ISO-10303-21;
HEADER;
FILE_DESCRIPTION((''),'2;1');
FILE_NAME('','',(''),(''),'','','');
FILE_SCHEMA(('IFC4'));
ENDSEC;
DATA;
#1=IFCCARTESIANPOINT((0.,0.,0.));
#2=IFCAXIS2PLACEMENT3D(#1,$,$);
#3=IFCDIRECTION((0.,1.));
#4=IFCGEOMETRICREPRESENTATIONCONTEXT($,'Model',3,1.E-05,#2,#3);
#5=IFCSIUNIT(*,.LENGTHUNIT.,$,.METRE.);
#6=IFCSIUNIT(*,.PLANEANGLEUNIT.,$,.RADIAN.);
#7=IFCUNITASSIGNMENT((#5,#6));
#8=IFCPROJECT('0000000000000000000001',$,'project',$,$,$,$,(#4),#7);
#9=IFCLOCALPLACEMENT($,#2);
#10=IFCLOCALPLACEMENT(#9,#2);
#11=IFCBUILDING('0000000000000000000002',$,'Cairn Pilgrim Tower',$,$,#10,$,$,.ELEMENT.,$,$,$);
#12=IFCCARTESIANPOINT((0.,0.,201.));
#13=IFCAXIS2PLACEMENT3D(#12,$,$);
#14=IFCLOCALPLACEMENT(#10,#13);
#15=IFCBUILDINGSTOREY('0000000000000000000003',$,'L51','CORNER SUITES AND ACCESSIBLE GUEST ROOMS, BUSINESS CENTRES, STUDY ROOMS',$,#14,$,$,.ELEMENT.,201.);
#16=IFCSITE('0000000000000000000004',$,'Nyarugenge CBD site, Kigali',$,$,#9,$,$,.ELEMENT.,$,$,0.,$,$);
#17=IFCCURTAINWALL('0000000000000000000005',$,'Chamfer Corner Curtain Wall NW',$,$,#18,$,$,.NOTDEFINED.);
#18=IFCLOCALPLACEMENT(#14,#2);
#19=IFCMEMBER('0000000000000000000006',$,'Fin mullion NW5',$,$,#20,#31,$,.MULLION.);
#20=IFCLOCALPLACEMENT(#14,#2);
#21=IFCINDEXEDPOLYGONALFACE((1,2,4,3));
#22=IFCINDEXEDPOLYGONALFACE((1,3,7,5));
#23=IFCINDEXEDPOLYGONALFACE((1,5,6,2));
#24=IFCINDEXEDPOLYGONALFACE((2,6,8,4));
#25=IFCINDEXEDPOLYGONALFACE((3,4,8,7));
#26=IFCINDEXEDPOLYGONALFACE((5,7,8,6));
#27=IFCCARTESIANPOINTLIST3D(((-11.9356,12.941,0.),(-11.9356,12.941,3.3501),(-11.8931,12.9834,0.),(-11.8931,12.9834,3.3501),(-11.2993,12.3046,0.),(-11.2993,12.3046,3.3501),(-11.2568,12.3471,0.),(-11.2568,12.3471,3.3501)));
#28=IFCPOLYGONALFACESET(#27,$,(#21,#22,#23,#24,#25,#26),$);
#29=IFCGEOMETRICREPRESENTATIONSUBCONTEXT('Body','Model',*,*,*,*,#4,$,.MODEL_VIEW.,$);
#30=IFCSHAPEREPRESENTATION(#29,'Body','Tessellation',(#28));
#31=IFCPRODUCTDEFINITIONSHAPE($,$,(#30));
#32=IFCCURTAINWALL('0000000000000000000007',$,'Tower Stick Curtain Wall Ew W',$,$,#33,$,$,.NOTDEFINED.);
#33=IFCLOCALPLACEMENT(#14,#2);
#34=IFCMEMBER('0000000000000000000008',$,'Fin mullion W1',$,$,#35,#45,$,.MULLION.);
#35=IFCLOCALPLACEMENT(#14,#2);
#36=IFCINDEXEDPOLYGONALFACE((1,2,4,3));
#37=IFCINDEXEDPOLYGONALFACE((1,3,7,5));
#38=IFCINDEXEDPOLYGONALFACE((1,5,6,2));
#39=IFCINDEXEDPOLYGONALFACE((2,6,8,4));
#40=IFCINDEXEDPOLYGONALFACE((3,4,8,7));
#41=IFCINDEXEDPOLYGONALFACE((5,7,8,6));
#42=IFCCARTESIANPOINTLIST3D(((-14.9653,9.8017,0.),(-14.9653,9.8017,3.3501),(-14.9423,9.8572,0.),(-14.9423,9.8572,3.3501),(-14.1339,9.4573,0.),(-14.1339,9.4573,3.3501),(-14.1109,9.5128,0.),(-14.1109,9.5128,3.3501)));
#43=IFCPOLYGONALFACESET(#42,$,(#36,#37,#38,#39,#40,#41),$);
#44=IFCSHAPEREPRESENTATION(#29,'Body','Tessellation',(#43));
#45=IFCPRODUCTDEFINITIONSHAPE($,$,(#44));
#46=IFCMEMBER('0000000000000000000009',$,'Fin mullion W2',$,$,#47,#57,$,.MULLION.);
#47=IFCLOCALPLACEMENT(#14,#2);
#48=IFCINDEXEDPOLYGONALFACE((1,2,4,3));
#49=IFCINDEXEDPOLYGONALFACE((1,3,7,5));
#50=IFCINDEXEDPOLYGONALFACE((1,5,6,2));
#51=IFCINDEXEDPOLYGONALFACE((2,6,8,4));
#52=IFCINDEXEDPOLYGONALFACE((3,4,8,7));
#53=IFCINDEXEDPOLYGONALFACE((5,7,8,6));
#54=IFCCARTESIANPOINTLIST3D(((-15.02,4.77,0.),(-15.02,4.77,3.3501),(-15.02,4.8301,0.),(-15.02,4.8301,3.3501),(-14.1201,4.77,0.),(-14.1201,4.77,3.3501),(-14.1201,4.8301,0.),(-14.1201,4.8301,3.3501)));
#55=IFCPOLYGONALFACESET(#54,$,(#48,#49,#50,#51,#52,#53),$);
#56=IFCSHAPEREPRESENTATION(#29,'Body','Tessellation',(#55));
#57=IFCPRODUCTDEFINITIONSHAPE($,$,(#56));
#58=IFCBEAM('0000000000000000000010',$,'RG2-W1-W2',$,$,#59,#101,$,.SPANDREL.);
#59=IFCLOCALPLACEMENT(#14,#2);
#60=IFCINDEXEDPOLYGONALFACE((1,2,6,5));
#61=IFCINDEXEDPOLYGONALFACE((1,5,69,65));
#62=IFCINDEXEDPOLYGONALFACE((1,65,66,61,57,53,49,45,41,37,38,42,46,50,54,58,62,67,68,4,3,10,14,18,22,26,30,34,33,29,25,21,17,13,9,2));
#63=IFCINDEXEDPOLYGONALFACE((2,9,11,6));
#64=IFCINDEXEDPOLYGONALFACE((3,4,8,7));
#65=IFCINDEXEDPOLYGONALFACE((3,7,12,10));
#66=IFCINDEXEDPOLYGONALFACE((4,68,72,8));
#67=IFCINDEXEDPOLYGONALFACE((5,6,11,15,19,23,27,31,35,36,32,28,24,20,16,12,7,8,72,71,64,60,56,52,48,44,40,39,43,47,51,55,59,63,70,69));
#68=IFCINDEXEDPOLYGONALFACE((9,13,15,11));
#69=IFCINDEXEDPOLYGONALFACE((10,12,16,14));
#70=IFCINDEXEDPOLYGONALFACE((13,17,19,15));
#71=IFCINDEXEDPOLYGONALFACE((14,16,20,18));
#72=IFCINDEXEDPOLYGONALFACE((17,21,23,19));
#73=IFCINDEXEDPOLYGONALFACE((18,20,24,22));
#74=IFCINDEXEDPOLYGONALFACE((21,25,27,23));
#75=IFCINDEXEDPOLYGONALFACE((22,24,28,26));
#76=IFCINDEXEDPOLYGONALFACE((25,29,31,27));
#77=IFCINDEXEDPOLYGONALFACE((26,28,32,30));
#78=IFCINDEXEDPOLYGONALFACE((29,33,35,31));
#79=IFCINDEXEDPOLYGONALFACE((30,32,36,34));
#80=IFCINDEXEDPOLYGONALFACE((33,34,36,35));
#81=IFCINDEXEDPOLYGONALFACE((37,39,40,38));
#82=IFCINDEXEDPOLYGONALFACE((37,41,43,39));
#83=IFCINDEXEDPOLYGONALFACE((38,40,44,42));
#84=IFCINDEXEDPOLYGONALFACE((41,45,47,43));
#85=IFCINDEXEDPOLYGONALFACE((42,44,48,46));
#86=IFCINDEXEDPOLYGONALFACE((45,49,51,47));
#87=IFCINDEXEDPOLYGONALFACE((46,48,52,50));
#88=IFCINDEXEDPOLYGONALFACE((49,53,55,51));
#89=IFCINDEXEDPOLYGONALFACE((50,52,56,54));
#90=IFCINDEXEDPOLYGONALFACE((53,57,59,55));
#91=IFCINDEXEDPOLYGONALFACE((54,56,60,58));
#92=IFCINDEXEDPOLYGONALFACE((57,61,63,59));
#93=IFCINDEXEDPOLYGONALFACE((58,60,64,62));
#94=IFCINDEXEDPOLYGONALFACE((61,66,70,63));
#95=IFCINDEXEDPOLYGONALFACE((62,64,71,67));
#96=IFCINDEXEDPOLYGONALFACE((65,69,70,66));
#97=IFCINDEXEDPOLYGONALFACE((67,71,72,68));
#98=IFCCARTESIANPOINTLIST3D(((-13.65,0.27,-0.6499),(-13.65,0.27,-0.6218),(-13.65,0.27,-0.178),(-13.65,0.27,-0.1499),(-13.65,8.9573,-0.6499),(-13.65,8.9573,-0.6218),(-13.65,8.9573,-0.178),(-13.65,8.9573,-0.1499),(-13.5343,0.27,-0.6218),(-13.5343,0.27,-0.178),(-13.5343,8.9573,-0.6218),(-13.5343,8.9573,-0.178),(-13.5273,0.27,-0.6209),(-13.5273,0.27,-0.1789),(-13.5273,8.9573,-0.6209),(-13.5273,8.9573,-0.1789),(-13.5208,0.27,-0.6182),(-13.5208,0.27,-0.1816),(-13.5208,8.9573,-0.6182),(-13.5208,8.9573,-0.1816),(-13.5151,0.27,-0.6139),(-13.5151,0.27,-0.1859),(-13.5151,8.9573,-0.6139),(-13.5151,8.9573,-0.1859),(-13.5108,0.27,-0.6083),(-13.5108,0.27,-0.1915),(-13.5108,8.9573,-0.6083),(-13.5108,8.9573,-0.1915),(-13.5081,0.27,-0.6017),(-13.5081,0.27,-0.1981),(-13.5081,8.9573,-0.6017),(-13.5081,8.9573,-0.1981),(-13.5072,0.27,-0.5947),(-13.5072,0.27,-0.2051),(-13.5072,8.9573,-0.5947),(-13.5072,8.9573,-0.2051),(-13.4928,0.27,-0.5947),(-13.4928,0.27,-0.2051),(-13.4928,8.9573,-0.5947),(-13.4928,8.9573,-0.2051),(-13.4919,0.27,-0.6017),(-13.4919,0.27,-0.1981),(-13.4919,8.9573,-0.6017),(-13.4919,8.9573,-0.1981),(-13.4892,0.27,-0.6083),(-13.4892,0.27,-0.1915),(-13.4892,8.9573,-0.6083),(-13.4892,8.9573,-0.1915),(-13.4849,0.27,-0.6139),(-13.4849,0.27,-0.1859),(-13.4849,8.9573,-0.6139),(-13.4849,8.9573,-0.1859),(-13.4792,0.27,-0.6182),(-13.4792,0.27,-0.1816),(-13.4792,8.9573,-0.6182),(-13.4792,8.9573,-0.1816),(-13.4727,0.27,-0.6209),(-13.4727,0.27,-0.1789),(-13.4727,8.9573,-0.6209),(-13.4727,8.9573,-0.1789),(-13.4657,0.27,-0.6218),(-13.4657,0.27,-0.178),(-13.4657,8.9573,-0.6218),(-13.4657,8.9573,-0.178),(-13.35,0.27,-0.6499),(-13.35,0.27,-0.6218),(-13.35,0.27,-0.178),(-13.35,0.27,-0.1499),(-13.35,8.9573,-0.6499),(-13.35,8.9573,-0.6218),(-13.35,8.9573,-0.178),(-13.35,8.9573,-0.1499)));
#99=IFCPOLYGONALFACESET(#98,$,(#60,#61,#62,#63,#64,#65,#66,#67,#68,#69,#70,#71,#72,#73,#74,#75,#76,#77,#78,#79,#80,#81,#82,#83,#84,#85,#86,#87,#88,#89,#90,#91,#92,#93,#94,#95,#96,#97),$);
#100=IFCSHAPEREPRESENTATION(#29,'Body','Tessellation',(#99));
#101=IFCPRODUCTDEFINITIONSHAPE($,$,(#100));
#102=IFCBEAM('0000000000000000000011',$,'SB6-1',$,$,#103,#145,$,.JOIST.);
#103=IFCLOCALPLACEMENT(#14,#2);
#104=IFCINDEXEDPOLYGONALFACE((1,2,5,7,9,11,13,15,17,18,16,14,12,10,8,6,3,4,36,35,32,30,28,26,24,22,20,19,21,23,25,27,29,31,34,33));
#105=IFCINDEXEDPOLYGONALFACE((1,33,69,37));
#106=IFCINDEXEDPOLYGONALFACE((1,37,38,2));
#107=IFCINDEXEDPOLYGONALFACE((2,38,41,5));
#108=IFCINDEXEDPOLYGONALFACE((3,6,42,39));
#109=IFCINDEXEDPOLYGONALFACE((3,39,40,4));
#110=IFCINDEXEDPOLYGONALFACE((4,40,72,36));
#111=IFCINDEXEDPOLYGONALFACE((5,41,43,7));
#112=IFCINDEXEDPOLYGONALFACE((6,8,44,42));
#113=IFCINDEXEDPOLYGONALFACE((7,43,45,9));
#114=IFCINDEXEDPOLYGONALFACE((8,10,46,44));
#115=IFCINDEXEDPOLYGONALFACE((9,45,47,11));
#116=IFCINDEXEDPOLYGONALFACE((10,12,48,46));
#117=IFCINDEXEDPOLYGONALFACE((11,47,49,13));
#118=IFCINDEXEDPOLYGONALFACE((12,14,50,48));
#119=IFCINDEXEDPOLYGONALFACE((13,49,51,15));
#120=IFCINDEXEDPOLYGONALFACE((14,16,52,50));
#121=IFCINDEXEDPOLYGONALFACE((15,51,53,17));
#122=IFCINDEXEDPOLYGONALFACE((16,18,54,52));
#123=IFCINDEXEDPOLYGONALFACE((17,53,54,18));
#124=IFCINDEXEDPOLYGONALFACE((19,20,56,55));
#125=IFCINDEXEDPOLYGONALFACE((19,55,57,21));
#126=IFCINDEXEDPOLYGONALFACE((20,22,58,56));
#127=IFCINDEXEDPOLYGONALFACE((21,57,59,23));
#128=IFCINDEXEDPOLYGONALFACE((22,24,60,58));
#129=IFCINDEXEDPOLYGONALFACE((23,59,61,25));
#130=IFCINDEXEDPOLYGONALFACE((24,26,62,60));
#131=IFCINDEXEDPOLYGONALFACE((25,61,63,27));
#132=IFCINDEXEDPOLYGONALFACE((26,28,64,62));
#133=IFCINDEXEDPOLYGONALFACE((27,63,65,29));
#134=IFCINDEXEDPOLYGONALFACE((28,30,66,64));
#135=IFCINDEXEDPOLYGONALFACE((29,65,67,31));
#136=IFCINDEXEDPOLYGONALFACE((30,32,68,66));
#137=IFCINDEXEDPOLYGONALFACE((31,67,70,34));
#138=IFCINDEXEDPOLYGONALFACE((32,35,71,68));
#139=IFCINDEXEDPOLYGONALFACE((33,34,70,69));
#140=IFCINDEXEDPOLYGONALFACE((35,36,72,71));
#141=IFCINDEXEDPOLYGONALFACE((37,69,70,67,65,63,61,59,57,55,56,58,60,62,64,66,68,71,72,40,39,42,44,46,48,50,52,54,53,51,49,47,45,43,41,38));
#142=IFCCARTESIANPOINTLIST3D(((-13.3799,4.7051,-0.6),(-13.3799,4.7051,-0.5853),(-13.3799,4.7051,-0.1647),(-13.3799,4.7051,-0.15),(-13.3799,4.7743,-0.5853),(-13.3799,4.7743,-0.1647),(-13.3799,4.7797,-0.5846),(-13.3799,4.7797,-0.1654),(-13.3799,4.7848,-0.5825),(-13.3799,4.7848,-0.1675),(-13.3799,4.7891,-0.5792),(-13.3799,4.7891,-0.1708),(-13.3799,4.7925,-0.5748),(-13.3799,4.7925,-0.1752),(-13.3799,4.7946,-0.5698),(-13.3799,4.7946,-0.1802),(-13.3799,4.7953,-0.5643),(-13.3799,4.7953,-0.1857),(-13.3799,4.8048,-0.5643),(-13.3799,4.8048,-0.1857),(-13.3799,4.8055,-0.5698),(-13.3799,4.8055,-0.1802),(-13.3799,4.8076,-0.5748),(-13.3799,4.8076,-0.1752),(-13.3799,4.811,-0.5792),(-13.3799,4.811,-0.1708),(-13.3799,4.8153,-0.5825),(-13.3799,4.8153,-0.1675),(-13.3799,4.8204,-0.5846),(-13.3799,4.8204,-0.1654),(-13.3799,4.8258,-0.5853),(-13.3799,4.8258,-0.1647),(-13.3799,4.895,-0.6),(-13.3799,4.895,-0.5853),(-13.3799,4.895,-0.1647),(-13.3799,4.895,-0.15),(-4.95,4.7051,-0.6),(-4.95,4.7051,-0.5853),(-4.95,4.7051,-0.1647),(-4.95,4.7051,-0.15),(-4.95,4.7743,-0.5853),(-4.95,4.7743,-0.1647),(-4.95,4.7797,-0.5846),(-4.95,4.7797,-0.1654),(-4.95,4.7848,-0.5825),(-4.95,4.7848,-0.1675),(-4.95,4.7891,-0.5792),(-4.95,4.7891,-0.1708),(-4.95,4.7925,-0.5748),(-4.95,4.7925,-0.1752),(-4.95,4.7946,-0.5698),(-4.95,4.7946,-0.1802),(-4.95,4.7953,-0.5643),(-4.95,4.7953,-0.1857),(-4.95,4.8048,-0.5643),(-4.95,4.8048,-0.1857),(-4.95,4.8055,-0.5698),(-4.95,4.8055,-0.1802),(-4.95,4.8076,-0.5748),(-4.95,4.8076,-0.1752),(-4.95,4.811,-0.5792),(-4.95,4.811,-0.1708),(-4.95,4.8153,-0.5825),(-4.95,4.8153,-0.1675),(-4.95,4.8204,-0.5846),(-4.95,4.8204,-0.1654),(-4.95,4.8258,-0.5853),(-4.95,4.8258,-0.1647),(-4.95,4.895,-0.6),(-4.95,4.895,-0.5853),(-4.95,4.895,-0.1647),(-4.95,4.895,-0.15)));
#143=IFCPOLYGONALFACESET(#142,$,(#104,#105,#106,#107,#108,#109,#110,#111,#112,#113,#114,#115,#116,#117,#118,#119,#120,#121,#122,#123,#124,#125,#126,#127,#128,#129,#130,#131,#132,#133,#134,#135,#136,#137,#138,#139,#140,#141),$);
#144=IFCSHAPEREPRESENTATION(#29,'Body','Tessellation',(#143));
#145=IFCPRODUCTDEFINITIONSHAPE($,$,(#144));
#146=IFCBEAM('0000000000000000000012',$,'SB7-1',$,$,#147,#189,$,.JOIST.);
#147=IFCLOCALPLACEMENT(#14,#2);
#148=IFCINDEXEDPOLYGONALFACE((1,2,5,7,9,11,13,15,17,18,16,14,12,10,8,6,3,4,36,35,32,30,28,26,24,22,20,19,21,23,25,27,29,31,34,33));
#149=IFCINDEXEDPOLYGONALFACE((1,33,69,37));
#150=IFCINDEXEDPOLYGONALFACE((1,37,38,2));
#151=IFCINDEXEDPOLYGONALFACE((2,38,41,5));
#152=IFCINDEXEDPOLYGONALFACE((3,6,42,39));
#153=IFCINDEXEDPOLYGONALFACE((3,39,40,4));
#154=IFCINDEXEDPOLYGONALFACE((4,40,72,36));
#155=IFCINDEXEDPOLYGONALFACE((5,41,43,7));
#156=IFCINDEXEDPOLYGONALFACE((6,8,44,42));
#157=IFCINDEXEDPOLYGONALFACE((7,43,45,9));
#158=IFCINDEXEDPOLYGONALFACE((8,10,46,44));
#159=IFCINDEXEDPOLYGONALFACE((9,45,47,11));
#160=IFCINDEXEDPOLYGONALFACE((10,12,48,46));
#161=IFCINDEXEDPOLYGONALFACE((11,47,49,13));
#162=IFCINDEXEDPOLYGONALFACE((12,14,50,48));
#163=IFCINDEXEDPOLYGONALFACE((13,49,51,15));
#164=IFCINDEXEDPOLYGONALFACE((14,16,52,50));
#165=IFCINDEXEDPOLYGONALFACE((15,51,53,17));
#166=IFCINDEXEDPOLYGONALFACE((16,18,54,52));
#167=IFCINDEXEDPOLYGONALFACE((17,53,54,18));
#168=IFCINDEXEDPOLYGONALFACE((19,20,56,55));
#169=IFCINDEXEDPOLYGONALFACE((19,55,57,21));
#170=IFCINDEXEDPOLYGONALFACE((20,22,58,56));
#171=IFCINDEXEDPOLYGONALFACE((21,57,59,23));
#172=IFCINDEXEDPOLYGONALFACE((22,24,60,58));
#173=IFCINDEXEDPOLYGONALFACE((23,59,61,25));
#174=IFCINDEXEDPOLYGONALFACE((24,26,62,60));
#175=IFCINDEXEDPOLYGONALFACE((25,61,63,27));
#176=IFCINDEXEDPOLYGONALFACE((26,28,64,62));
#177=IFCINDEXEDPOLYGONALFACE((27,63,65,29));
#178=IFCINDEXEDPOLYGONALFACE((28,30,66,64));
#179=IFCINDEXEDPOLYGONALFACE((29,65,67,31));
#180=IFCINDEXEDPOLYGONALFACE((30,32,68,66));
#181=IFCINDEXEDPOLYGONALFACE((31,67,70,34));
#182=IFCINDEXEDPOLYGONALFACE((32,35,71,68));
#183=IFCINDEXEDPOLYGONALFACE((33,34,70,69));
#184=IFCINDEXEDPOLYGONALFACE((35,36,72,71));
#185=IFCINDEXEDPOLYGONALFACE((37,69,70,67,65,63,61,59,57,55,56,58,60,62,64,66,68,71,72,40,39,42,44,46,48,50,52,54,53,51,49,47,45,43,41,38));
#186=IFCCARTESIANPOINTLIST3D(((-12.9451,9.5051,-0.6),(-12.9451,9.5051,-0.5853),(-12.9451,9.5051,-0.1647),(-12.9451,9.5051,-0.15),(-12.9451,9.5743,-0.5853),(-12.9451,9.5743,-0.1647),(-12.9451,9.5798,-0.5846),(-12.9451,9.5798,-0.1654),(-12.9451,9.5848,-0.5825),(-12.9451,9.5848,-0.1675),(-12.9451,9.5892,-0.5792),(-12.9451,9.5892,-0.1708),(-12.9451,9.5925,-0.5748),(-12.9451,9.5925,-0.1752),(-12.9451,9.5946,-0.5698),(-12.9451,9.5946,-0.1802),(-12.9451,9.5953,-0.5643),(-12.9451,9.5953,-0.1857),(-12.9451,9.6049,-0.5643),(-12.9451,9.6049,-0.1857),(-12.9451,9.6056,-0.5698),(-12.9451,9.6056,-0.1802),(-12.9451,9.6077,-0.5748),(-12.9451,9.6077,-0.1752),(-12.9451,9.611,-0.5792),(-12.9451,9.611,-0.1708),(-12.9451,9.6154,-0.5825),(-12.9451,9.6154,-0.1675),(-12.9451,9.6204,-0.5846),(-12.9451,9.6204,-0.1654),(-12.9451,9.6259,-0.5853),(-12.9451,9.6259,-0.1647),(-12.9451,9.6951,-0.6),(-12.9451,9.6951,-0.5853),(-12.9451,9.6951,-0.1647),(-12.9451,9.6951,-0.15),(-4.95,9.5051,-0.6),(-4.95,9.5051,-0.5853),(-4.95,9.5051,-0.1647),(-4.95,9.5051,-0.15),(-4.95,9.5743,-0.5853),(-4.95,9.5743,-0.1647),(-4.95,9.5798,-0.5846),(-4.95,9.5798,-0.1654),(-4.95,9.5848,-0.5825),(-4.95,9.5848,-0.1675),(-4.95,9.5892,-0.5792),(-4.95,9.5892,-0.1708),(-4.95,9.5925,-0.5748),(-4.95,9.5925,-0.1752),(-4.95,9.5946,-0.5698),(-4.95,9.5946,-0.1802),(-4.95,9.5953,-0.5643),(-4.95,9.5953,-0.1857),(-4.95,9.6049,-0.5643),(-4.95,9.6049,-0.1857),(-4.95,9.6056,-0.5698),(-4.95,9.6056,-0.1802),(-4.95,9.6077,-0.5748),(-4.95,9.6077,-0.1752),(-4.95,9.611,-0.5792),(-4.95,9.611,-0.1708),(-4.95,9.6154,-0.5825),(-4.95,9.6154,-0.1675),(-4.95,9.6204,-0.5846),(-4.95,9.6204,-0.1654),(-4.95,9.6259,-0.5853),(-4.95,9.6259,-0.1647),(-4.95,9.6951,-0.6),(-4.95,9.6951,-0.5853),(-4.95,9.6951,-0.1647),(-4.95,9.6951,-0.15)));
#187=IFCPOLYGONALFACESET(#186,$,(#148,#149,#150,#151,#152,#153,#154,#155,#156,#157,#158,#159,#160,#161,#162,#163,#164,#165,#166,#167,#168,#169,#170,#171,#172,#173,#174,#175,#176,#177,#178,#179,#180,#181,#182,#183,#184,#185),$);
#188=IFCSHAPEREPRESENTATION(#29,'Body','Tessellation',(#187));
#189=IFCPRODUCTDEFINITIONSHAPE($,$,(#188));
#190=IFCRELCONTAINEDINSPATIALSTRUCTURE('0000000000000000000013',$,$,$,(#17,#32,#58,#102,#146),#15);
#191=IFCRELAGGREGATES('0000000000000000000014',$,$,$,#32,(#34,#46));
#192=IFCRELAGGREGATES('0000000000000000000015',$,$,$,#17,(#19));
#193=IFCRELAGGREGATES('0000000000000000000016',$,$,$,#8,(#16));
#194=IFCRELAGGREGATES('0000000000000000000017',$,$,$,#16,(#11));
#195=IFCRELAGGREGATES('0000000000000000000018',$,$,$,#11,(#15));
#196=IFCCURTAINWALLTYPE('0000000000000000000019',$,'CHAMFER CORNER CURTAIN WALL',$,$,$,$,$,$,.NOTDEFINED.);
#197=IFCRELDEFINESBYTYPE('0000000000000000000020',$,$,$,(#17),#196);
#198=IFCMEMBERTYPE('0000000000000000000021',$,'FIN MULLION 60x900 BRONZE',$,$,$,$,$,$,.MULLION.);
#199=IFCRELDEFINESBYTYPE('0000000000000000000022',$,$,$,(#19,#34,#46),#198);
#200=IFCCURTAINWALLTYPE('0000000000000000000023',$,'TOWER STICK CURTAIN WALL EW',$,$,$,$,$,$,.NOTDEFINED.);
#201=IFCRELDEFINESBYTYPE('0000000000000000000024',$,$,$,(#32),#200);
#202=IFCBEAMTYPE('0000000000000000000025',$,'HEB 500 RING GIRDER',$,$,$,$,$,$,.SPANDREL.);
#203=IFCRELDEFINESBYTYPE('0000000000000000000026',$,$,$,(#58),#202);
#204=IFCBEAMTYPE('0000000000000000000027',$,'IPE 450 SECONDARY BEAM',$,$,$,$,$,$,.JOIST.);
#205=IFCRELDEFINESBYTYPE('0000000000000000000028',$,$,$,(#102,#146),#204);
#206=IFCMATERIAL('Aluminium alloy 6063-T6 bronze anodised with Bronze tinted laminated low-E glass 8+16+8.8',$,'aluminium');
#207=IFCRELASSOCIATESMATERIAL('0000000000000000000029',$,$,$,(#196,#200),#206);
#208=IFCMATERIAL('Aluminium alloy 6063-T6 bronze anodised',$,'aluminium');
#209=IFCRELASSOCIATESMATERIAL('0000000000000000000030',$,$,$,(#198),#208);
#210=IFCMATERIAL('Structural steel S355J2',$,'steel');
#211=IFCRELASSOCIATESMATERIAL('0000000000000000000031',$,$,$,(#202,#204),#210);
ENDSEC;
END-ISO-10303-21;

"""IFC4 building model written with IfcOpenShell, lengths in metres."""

from ifc_helpers import new_model, si_unit, direction, frame, origin, origin_2d, place, context, subcontext, project, spatial, rectangle, i_section, extrude, material, material_profile, profile_set, type_object, element, aggregate, save


model = new_model("IFC4")

# Units and contexts
model_context = context("Model", 3, precision=1e-05, world=origin(), true_north=direction((0.0, 1.0)))
body_context = subcontext(model_context, "Body", "Model", "MODEL_VIEW")
ifc_project = project(units=[si_unit("LENGTHUNIT", "METRE"), si_unit("PLANEANGLEUNIT", "RADIAN")], contexts=[model_context])

# Site, building, storey
site_placement = place(None, origin())
site = spatial("IfcSite", under=ifc_project, at=site_placement, Name="Nyarugenge CBD site, Kigali", CompositionType="ELEMENT", RefElevation=0.0)
building_placement = place(site_placement, origin())
building = spatial("IfcBuilding", under=site, at=building_placement, Name="Cairn Pilgrim Tower", CompositionType="ELEMENT")
storey_placement = place(building_placement, frame((0.0, 0.0, 201.0)))
storey = spatial("IfcBuildingStorey", under=building, at=storey_placement, Name="L51", Description="CORNER SUITES AND ACCESSIBLE GUEST ROOMS, BUSINESS CENTRES, STUDY ROOMS", CompositionType="ELEMENT", Elevation=201.0)

# Curtain wall, member
ifc_material_1 = material(Name="Aluminium alloy 6063-T6 bronze anodised with Bronze tinted laminated low-E glass 8+16+8.8", Category="aluminium")
curtain_wall_type_1 = type_object("IfcCurtainWallType", Name="CHAMFER CORNER CURTAIN WALL", PredefinedType="NOTDEFINED", material=ifc_material_1)
curtain_wall_1_placement = place(storey_placement, origin())
curtain_wall_1 = element("IfcCurtainWall", 1, at=curtain_wall_1_placement, inside=storey, type_object=curtain_wall_type_1, Name="Chamfer Corner Curtain Wall NW", PredefinedType="NOTDEFINED")
ifc_material_2 = material(Name="Aluminium alloy 6063-T6 bronze anodised", Category="aluminium")
ifc_material_profile_1 = material_profile(ifc_material_2, rectangle(XDim=0.8999, YDim=0.0601, at=origin_2d()), Name="FIN MULLION 60x900 BRONZE")
ifc_profile_set_1 = profile_set([ifc_material_profile_1], Name="Aluminium alloy 6063-T6 bronze anodised")
member_type_1 = type_object("IfcMemberType", Name="FIN MULLION 60x900 BRONZE", PredefinedType="MULLION", material=ifc_profile_set_1)
member_1_placement = place(storey_placement, frame((-11.5962, 12.644, 0.0), z_axis=(0.0, 0.0, 1.0), x_axis=(-0.707107, 0.707107, 0.0)))
member_1 = element("IfcMember", 2, at=member_1_placement, type_object=member_type_1, Name="Fin mullion NW5", PredefinedType="MULLION", context=body_context, shape_type="SweptSolid", body=[
    extrude(rectangle(XDim=0.8999, YDim=0.0601, at=origin_2d()), origin(), (0.0, 0.0, 1.0), 3.3501),
])

# Curtain wall, members
curtain_wall_type_2 = type_object("IfcCurtainWallType", Name="TOWER STICK CURTAIN WALL EW", PredefinedType="NOTDEFINED", material=ifc_material_1)
curtain_wall_2_placement = place(storey_placement, origin())
curtain_wall_2 = element("IfcCurtainWall", 3, at=curtain_wall_2_placement, inside=storey, type_object=curtain_wall_type_2, Name="Tower Stick Curtain Wall Ew W", PredefinedType="NOTDEFINED")
member_2_placement = place(storey_placement, frame((-14.5381, 9.6572, 0.0), z_axis=(0.0, 0.0, 1.0), x_axis=(-0.92388, 0.382683, 0.0)))
member_2 = element("IfcMember", 4, at=member_2_placement, type_object=member_type_1, Name="Fin mullion W1", PredefinedType="MULLION", context=body_context, shape_type="SweptSolid", body=[
    extrude(rectangle(XDim=0.8999, YDim=0.0601, at=origin_2d()), origin(), (0.0, 0.0, 1.0), 3.3501),
])
member_3_placement = place(storey_placement, frame((-14.5701, 4.8, 0.0), z_axis=(0.0, 0.0, 1.0), x_axis=(-1.0, 0.0, 0.0)))
member_3 = element("IfcMember", 5, at=member_3_placement, type_object=member_type_1, Name="Fin mullion W2", PredefinedType="MULLION", context=body_context, shape_type="SweptSolid", body=[
    extrude(rectangle(XDim=0.8999, YDim=0.0601, at=origin_2d()), origin(), (0.0, 0.0, 1.0), 3.3501),
])
aggregate(curtain_wall_2, [member_2, member_3])

# Beams
ifc_material_3 = material(Name="Structural steel S355J2", Category="steel")
ifc_material_profile_2 = material_profile(ifc_material_3, i_section(OverallWidth=0.3, OverallDepth=0.5, WebThickness=0.0144, FlangeThickness=0.0281, FilletRadius=0.0271, at=origin_2d()), Name="HEB 500")
ifc_profile_set_2 = profile_set([ifc_material_profile_2], Name="Structural steel S355J2")
beam_type_1 = type_object("IfcBeamType", Name="HEB 500 RING GIRDER", PredefinedType="SPANDREL", material=ifc_profile_set_2)
beam_1_placement = place(storey_placement, frame((-13.5, 8.9573, -0.3999), z_axis=(0.0, -1.0, 0.0), x_axis=(1.0, 0.0, 0.0)))
element("IfcBeam", 6, at=beam_1_placement, inside=storey, type_object=beam_type_1, Name="RG2-W1-W2", PredefinedType="SPANDREL", context=body_context, shape_type="SweptSolid", body=[
    extrude(i_section(OverallWidth=0.3, OverallDepth=0.5, WebThickness=0.0144, FlangeThickness=0.0281, FilletRadius=0.0271, at=origin_2d()), origin(), (0.0, 0.0, 1.0), 8.6873),
])
ifc_material_profile_3 = material_profile(ifc_material_3, i_section(OverallWidth=0.1899, OverallDepth=0.45, WebThickness=0.0095, FlangeThickness=0.0146, FilletRadius=0.021, at=origin_2d()), Name="IPE 450")
ifc_profile_set_3 = profile_set([ifc_material_profile_3], Name="Structural steel S355J2")
beam_type_2 = type_object("IfcBeamType", Name="IPE 450 SECONDARY BEAM", PredefinedType="JOIST", material=ifc_profile_set_3)
beam_2_placement = place(storey_placement, frame((-13.3799, 4.8, -0.375), z_axis=(1.0, 0.0, 0.0), x_axis=(0.0, 1.0, 0.0)))
element("IfcBeam", 7, at=beam_2_placement, inside=storey, type_object=beam_type_2, Name="SB6-1", PredefinedType="JOIST", context=body_context, shape_type="SweptSolid", body=[
    extrude(i_section(OverallWidth=0.1899, OverallDepth=0.45, WebThickness=0.0095, FlangeThickness=0.0146, FilletRadius=0.021, at=origin_2d()), origin(), (0.0, 0.0, 1.0), 8.4299),
])
beam_3_placement = place(storey_placement, frame((-12.9451, 9.6001, -0.375), z_axis=(1.0, 0.0, 0.0), x_axis=(0.0, 1.0, 0.0)))
element("IfcBeam", 8, at=beam_3_placement, inside=storey, type_object=beam_type_2, Name="SB7-1", PredefinedType="JOIST", context=body_context, shape_type="SweptSolid", body=[
    extrude(i_section(OverallWidth=0.1899, OverallDepth=0.45, WebThickness=0.0095, FlangeThickness=0.0146, FilletRadius=0.021, at=origin_2d()), origin(), (0.0, 0.0, 1.0), 7.9951),
])

aggregate(curtain_wall_1, [member_1])

save(model, "model.ifc")
